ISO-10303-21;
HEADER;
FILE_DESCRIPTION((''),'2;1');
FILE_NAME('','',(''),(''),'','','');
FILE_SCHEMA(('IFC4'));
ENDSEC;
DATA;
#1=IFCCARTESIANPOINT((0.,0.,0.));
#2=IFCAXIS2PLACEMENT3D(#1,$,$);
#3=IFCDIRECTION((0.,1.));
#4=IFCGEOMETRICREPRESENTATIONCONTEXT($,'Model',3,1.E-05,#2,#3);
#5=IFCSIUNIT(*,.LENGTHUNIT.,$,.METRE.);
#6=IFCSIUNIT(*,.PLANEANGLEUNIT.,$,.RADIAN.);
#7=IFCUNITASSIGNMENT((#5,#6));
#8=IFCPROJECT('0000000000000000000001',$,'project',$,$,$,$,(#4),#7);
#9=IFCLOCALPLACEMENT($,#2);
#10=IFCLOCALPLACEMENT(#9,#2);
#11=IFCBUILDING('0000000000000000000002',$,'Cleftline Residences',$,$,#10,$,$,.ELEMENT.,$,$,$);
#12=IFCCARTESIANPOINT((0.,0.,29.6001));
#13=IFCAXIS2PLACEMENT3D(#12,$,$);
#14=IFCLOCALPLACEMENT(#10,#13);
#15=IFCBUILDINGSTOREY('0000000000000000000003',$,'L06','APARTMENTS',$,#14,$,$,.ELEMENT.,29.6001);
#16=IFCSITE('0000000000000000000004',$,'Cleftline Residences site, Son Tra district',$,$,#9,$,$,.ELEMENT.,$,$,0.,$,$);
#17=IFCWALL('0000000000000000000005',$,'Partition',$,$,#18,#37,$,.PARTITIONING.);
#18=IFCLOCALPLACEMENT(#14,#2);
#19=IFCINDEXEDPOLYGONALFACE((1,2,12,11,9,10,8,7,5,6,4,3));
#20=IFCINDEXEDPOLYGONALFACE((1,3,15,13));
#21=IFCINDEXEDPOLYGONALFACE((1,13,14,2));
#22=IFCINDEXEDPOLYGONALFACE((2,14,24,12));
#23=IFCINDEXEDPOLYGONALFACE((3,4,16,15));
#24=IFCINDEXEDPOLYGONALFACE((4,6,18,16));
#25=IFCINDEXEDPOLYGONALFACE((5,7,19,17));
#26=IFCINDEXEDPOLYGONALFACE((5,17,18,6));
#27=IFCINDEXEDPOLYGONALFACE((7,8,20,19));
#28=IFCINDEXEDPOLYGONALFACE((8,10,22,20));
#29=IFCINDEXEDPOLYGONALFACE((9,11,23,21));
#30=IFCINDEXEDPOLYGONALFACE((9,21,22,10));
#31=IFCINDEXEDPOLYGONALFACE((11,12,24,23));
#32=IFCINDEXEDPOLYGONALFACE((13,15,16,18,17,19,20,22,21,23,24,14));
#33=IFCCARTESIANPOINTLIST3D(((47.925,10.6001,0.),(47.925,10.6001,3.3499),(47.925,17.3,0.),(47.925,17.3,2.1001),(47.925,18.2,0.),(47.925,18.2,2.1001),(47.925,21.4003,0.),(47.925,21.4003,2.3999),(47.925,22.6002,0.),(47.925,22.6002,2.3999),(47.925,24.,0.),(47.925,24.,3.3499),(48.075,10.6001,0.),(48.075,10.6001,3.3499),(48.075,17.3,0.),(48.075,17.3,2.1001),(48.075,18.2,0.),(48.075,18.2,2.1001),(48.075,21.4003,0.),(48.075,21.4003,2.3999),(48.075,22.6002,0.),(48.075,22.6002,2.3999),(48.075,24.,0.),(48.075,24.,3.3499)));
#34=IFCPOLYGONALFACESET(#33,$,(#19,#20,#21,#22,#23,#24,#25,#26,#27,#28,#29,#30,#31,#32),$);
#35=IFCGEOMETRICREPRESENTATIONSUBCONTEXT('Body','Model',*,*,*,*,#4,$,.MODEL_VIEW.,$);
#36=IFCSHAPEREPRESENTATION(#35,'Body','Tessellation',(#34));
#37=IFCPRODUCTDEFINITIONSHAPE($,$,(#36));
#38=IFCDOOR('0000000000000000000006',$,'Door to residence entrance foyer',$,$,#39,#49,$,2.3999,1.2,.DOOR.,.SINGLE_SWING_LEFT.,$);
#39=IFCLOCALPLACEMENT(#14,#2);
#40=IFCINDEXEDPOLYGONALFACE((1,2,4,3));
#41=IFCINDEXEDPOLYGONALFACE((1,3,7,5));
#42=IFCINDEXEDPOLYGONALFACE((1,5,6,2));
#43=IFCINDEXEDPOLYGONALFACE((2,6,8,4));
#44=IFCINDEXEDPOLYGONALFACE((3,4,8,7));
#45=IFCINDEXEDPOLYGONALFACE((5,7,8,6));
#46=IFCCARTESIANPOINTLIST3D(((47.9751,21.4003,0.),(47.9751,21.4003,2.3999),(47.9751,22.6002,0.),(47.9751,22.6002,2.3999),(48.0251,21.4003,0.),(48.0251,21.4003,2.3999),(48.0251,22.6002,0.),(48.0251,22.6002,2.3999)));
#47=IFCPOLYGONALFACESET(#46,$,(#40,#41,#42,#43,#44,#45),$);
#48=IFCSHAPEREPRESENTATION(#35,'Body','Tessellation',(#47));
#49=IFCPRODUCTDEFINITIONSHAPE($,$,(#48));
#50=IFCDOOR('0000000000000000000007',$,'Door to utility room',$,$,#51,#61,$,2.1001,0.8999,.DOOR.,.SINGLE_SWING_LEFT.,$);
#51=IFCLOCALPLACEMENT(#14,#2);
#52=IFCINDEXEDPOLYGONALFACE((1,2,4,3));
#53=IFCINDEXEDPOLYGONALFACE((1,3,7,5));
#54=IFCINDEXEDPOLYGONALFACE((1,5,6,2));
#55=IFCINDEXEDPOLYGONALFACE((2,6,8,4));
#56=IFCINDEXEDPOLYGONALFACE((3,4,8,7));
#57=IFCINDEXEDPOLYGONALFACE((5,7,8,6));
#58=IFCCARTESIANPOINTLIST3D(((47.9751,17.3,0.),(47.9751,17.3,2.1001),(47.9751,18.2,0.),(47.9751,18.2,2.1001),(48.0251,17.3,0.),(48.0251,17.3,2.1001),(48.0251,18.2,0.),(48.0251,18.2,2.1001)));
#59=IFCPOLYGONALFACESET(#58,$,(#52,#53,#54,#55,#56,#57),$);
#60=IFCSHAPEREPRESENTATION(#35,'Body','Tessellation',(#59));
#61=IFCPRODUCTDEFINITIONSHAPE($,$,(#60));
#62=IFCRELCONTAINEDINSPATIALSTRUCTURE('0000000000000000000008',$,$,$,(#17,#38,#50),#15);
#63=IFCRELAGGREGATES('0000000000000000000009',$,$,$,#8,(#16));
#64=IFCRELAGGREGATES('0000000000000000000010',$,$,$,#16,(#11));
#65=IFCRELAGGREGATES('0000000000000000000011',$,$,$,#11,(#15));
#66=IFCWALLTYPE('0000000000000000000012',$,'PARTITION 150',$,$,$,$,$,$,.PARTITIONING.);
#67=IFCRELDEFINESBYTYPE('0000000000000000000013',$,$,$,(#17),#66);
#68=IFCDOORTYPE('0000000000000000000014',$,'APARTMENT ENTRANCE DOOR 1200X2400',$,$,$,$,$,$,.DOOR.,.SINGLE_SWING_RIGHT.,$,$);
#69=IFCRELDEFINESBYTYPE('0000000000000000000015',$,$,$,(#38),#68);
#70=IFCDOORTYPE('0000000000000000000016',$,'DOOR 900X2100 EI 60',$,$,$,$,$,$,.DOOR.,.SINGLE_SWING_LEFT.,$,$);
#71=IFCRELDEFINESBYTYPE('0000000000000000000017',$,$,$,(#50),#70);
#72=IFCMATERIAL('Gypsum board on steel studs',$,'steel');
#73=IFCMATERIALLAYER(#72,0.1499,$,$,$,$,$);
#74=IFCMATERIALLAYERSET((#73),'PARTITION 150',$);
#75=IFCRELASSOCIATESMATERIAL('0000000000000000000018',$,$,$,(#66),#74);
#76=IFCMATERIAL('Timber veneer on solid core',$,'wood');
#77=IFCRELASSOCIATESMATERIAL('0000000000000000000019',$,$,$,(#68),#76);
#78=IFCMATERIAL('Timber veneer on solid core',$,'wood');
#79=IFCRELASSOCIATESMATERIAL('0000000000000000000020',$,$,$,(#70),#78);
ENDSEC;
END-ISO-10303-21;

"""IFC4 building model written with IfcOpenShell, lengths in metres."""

from ifc_helpers import new_model, si_unit, direction, frame, frame_2d, origin, place, context, subcontext, project, spatial, rectangle, extrude, material, layer, layer_set, type_object, element, fill, save


model = new_model("IFC4")

# Units and contexts
model_context = context("Model", 3, precision=1e-05, world=origin(), true_north=direction((0.0, 1.0)))
body_context = subcontext(model_context, "Body", "Model", "MODEL_VIEW")
ifc_project = project(units=[si_unit("LENGTHUNIT", "METRE"), si_unit("PLANEANGLEUNIT", "RADIAN")], contexts=[model_context])

# Site, building, storey
site_placement = place(None, origin())
site = spatial("IfcSite", under=ifc_project, at=site_placement, Name="Cleftline Residences site, Son Tra district", CompositionType="ELEMENT", RefElevation=0.0)
building_placement = place(site_placement, origin())
building = spatial("IfcBuilding", under=site, at=building_placement, Name="Cleftline Residences", CompositionType="ELEMENT")
storey_placement = place(building_placement, frame((0.0, 0.0, 29.6001)))
storey = spatial("IfcBuildingStorey", under=building, at=storey_placement, Name="L06", Description="APARTMENTS", CompositionType="ELEMENT", Elevation=29.6001)

# Shared definitions
ifc_material_1 = material(Name="Gypsum board on steel studs", Category="steel")
ifc_layer_1 = layer(ifc_material_1, 0.1499)
ifc_layer_set_1 = layer_set([ifc_layer_1], Name="PARTITION 150")
wall_type = type_object("IfcWallType", Name="PARTITION 150", PredefinedType="PARTITIONING", material=ifc_layer_set_1)

# Wall, openings, doors
wall_1_placement = place(storey_placement, frame((48.0, 10.6001, 0.0), z_axis=(0.0, 0.0, 1.0), x_axis=(0.0, 1.0, 0.0)))
wall_1 = element("IfcWall", 1, at=wall_1_placement, inside=storey, type_object=wall_type, Name="Partition", PredefinedType="PARTITIONING", context=body_context, shape_type="SweptSolid", body=[
    extrude(rectangle(XDim=13.3999, YDim=0.1499, at=frame_2d((6.7, 0.0))), origin(), (0.0, 0.0, 1.0), 3.3499),
])
opening_1_placement = place(wall_1_placement, frame((10.8, 0.0, 0.0)))
opening_1 = element("IfcOpeningElement", 2, at=opening_1_placement, cuts=wall_1, PredefinedType="OPENING", context=body_context, shape_type="SweptSolid", body=[
    extrude(rectangle(XDim=1.2, YDim=2.3999, at=frame_2d((0.6001, 1.2))), frame((0.0, 0.085, 0.0), z_axis=(0.0, -1.0, 0.0), x_axis=(1.0, 0.0, 0.0)), (0.0, 0.0, 1.0), 0.1699),
])
opening_2_placement = place(wall_1_placement, frame((6.7, 0.0, 0.0)))
opening_2 = element("IfcOpeningElement", 3, at=opening_2_placement, cuts=wall_1, PredefinedType="OPENING", context=body_context, shape_type="SweptSolid", body=[
    extrude(rectangle(XDim=0.8999, YDim=2.1001, at=frame_2d((0.45, 1.05))), frame((0.0, 0.085, 0.0), z_axis=(0.0, -1.0, 0.0), x_axis=(1.0, 0.0, 0.0)), (0.0, 0.0, 1.0), 0.1699),
])
ifc_material_2 = material(Name="Timber veneer on solid core", Category="wood")
door_type_1 = type_object("IfcDoorType", Name="APARTMENT ENTRANCE DOOR 1200X2400", OperationType="SINGLE_SWING_RIGHT", PredefinedType="DOOR", material=ifc_material_2)
door_1_placement = place(opening_1_placement, origin())
door_1 = element("IfcDoor", 4, at=door_1_placement, inside=storey, type_object=door_type_1, Name="Door to residence entrance foyer", OperationType="SINGLE_SWING_LEFT", OverallHeight=2.3999, OverallWidth=1.2, PredefinedType="DOOR", context=body_context, shape_type="SweptSolid", body=[
    extrude(rectangle(XDim=1.2, YDim=2.3999, at=frame_2d((0.6001, 1.2))), frame((0.0, 0.0249, 0.0), z_axis=(0.0, -1.0, 0.0), x_axis=(1.0, 0.0, 0.0)), (0.0, 0.0, 1.0), 0.05),
])
fill(opening_1, door_1)
ifc_material_3 = material(Name="Timber veneer on solid core", Category="wood")
door_type_2 = type_object("IfcDoorType", Name="DOOR 900X2100 EI 60", OperationType="SINGLE_SWING_LEFT", PredefinedType="DOOR", material=ifc_material_3)
door_2_placement = place(opening_2_placement, origin())
door_2 = element("IfcDoor", 5, at=door_2_placement, inside=storey, type_object=door_type_2, Name="Door to utility room", OperationType="SINGLE_SWING_LEFT", OverallHeight=2.1001, OverallWidth=0.8999, PredefinedType="DOOR", context=body_context, shape_type="SweptSolid", body=[
    extrude(rectangle(XDim=0.8999, YDim=2.1001, at=frame_2d((0.45, 1.05))), frame((0.0, 0.0249, 0.0), z_axis=(0.0, -1.0, 0.0), x_axis=(1.0, 0.0, 0.0)), (0.0, 0.0, 1.0), 0.05),
])
fill(opening_2, door_2)

save(model, "model.ifc")
